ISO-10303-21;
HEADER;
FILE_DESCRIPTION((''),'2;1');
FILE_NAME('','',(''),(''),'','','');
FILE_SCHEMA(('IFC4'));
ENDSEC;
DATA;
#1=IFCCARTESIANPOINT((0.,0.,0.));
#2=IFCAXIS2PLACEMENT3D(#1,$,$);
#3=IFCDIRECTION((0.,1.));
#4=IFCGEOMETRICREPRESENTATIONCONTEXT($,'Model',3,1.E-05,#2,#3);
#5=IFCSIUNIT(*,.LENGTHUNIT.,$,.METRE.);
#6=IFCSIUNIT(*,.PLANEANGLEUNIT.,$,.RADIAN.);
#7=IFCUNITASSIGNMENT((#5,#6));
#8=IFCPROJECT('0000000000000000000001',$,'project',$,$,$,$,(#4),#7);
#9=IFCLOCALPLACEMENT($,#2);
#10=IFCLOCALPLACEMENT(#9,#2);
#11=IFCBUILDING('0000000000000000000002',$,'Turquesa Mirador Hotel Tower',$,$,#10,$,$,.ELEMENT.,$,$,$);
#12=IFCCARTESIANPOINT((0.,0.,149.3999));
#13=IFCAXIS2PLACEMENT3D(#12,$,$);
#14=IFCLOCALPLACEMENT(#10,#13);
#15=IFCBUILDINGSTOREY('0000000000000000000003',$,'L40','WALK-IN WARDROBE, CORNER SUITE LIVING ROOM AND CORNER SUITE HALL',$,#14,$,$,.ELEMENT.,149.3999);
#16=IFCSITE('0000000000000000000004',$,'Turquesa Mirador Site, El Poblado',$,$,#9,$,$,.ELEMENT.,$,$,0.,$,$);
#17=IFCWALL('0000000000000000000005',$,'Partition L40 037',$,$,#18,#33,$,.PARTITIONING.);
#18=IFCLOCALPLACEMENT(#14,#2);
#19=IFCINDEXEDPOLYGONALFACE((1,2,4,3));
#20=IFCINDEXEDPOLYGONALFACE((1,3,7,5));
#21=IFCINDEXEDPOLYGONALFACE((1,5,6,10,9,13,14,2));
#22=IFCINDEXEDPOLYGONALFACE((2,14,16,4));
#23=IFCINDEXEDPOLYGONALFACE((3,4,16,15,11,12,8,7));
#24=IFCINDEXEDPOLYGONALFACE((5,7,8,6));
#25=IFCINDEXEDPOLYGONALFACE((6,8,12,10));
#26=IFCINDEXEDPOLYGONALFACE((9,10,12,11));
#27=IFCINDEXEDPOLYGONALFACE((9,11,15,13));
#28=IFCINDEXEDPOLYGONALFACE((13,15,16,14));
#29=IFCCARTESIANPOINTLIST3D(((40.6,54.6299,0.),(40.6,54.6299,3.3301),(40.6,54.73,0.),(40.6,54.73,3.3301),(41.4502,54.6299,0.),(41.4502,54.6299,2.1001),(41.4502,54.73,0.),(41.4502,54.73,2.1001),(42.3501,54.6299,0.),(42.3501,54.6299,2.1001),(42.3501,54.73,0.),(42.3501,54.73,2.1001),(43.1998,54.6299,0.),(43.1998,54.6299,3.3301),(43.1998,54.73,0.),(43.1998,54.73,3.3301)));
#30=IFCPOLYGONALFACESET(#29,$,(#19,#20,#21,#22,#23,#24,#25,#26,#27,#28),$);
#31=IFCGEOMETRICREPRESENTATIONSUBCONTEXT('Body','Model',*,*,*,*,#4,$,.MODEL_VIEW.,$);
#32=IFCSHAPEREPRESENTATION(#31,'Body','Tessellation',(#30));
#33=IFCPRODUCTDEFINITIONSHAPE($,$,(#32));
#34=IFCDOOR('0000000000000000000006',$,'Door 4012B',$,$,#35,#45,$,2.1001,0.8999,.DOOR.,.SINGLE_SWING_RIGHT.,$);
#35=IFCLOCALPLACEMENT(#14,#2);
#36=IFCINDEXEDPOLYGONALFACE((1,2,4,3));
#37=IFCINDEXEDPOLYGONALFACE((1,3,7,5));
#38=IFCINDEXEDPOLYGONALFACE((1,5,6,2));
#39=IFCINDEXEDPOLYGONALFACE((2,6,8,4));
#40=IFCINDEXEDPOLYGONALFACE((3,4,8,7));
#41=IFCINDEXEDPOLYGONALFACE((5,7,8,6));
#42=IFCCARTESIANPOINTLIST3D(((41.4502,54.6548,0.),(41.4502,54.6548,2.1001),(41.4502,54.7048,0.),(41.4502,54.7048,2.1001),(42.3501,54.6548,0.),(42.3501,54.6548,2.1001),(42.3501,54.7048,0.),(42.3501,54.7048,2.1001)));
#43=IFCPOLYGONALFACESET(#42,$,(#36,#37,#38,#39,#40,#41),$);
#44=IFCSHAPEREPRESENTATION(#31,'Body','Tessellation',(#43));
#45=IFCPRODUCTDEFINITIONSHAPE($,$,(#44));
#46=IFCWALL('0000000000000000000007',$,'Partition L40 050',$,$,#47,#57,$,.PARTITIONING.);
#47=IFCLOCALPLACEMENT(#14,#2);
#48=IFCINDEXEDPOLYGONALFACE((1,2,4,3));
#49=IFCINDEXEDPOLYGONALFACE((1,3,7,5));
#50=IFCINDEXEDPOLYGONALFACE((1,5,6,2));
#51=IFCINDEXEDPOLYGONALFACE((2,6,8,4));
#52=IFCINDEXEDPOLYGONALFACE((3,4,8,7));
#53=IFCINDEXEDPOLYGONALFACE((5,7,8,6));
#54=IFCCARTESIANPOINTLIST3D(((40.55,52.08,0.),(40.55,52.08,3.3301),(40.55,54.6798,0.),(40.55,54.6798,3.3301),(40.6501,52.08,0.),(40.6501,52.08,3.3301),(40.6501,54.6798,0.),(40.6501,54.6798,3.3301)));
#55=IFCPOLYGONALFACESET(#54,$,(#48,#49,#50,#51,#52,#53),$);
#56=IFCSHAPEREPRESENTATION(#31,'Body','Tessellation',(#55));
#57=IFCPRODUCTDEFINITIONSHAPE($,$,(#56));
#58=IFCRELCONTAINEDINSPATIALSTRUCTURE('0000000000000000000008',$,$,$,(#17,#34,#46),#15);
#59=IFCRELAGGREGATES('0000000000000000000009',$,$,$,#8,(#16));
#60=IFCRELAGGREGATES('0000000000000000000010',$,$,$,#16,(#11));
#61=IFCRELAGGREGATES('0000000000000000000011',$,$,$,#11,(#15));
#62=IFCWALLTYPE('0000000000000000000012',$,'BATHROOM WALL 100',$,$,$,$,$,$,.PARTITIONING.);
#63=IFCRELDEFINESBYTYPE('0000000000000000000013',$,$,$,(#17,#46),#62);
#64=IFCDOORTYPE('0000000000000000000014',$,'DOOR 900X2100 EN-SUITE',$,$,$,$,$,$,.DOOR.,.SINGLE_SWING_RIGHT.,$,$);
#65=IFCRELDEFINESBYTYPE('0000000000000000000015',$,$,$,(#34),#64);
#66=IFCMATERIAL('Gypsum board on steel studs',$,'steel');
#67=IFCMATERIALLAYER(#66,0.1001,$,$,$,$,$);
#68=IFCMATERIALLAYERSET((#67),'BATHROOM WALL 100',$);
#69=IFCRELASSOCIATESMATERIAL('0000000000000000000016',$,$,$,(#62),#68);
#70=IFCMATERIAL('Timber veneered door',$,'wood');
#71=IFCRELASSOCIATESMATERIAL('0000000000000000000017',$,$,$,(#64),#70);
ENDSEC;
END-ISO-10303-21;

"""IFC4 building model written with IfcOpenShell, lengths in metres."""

from ifc_helpers import new_model, si_unit, direction, frame, frame_2d, origin, place, context, subcontext, project, spatial, rectangle, extrude, material, layer, layer_set, type_object, element, fill, save


model = new_model("IFC4")

# Units and contexts
model_context = context("Model", 3, precision=1e-05, world=origin(), true_north=direction((0.0, 1.0)))
body_context = subcontext(model_context, "Body", "Model", "MODEL_VIEW")
ifc_project = project(units=[si_unit("LENGTHUNIT", "METRE"), si_unit("PLANEANGLEUNIT", "RADIAN")], contexts=[model_context])

# Site, building, storey
site_placement = place(None, origin())
site = spatial("IfcSite", under=ifc_project, at=site_placement, Name="Turquesa Mirador Site, El Poblado", CompositionType="ELEMENT", RefElevation=0.0)
building_placement = place(site_placement, origin())
building = spatial("IfcBuilding", under=site, at=building_placement, Name="Turquesa Mirador Hotel Tower", CompositionType="ELEMENT")
storey_placement = place(building_placement, frame((0.0, 0.0, 149.3999)))
storey = spatial("IfcBuildingStorey", under=building, at=storey_placement, Name="L40", Description="WALK-IN WARDROBE, CORNER SUITE LIVING ROOM AND CORNER SUITE HALL", CompositionType="ELEMENT", Elevation=149.3999)

# Wall, opening, door
ifc_material_1 = material(Name="Gypsum board on steel studs", Category="steel")
ifc_layer_1 = layer(ifc_material_1, 0.1001)
ifc_layer_set_1 = layer_set([ifc_layer_1], Name="BATHROOM WALL 100")
wall_type_1 = type_object("IfcWallType", Name="BATHROOM WALL 100", PredefinedType="PARTITIONING", material=ifc_layer_set_1)
wall_1_placement = place(storey_placement, frame((40.6001, 54.6799, 0.0), z_axis=(0.0, 0.0, 1.0), x_axis=(1.0, 0.0, 0.0)))
wall_1 = element("IfcWall", 1, at=wall_1_placement, inside=storey, type_object=wall_type_1, Name="Partition L40 037", PredefinedType="PARTITIONING", context=body_context, shape_type="SweptSolid", body=[
    extrude(rectangle(XDim=2.5999, YDim=0.1001, at=frame_2d((1.2998, 0.0))), origin(), (0.0, 0.0, 1.0), 3.3301),
])
opening_1_placement = place(wall_1_placement, frame((0.8501, 0.0, 0.0)))
opening_1 = element("IfcOpeningElement", 2, at=opening_1_placement, cuts=wall_1, PredefinedType="OPENING", context=body_context, shape_type="SweptSolid", body=[
    extrude(rectangle(XDim=0.8999, YDim=2.1001, at=frame_2d((0.45, 1.05))), frame((0.0, 0.0601, 0.0), z_axis=(0.0, -1.0, 0.0), x_axis=(1.0, 0.0, 0.0)), (0.0, 0.0, 1.0), 0.1201),
])
ifc_material_2 = material(Name="Timber veneered door", Category="wood")
door_type_1 = type_object("IfcDoorType", Name="DOOR 900X2100 EN-SUITE", OperationType="SINGLE_SWING_RIGHT", PredefinedType="DOOR", material=ifc_material_2)
door_1_placement = place(opening_1_placement, origin())
door_1 = element("IfcDoor", 3, at=door_1_placement, inside=storey, type_object=door_type_1, Name="Door 4012B", OperationType="SINGLE_SWING_RIGHT", OverallHeight=2.1001, OverallWidth=0.8999, PredefinedType="DOOR", context=body_context, shape_type="SweptSolid", body=[
    extrude(rectangle(XDim=0.8999, YDim=2.1001, at=frame_2d((0.45, 1.05))), frame((0.0, 0.0249, 0.0), z_axis=(0.0, -1.0, 0.0), x_axis=(1.0, 0.0, 0.0)), (0.0, 0.0, 1.0), 0.05),
])
fill(opening_1, door_1)

# Wall
wall_2_placement = place(storey_placement, frame((40.6001, 52.0801, 0.0), z_axis=(0.0, 0.0, 1.0), x_axis=(0.0, 1.0, 0.0)))
element("IfcWall", 4, at=wall_2_placement, inside=storey, type_object=wall_type_1, Name="Partition L40 050", PredefinedType="PARTITIONING", context=body_context, shape_type="SweptSolid", body=[
    extrude(rectangle(XDim=2.5999, YDim=0.1001, at=frame_2d((1.2998, 0.0))), origin(), (0.0, 0.0, 1.0), 3.3301),
])

save(model, "model.ifc")
